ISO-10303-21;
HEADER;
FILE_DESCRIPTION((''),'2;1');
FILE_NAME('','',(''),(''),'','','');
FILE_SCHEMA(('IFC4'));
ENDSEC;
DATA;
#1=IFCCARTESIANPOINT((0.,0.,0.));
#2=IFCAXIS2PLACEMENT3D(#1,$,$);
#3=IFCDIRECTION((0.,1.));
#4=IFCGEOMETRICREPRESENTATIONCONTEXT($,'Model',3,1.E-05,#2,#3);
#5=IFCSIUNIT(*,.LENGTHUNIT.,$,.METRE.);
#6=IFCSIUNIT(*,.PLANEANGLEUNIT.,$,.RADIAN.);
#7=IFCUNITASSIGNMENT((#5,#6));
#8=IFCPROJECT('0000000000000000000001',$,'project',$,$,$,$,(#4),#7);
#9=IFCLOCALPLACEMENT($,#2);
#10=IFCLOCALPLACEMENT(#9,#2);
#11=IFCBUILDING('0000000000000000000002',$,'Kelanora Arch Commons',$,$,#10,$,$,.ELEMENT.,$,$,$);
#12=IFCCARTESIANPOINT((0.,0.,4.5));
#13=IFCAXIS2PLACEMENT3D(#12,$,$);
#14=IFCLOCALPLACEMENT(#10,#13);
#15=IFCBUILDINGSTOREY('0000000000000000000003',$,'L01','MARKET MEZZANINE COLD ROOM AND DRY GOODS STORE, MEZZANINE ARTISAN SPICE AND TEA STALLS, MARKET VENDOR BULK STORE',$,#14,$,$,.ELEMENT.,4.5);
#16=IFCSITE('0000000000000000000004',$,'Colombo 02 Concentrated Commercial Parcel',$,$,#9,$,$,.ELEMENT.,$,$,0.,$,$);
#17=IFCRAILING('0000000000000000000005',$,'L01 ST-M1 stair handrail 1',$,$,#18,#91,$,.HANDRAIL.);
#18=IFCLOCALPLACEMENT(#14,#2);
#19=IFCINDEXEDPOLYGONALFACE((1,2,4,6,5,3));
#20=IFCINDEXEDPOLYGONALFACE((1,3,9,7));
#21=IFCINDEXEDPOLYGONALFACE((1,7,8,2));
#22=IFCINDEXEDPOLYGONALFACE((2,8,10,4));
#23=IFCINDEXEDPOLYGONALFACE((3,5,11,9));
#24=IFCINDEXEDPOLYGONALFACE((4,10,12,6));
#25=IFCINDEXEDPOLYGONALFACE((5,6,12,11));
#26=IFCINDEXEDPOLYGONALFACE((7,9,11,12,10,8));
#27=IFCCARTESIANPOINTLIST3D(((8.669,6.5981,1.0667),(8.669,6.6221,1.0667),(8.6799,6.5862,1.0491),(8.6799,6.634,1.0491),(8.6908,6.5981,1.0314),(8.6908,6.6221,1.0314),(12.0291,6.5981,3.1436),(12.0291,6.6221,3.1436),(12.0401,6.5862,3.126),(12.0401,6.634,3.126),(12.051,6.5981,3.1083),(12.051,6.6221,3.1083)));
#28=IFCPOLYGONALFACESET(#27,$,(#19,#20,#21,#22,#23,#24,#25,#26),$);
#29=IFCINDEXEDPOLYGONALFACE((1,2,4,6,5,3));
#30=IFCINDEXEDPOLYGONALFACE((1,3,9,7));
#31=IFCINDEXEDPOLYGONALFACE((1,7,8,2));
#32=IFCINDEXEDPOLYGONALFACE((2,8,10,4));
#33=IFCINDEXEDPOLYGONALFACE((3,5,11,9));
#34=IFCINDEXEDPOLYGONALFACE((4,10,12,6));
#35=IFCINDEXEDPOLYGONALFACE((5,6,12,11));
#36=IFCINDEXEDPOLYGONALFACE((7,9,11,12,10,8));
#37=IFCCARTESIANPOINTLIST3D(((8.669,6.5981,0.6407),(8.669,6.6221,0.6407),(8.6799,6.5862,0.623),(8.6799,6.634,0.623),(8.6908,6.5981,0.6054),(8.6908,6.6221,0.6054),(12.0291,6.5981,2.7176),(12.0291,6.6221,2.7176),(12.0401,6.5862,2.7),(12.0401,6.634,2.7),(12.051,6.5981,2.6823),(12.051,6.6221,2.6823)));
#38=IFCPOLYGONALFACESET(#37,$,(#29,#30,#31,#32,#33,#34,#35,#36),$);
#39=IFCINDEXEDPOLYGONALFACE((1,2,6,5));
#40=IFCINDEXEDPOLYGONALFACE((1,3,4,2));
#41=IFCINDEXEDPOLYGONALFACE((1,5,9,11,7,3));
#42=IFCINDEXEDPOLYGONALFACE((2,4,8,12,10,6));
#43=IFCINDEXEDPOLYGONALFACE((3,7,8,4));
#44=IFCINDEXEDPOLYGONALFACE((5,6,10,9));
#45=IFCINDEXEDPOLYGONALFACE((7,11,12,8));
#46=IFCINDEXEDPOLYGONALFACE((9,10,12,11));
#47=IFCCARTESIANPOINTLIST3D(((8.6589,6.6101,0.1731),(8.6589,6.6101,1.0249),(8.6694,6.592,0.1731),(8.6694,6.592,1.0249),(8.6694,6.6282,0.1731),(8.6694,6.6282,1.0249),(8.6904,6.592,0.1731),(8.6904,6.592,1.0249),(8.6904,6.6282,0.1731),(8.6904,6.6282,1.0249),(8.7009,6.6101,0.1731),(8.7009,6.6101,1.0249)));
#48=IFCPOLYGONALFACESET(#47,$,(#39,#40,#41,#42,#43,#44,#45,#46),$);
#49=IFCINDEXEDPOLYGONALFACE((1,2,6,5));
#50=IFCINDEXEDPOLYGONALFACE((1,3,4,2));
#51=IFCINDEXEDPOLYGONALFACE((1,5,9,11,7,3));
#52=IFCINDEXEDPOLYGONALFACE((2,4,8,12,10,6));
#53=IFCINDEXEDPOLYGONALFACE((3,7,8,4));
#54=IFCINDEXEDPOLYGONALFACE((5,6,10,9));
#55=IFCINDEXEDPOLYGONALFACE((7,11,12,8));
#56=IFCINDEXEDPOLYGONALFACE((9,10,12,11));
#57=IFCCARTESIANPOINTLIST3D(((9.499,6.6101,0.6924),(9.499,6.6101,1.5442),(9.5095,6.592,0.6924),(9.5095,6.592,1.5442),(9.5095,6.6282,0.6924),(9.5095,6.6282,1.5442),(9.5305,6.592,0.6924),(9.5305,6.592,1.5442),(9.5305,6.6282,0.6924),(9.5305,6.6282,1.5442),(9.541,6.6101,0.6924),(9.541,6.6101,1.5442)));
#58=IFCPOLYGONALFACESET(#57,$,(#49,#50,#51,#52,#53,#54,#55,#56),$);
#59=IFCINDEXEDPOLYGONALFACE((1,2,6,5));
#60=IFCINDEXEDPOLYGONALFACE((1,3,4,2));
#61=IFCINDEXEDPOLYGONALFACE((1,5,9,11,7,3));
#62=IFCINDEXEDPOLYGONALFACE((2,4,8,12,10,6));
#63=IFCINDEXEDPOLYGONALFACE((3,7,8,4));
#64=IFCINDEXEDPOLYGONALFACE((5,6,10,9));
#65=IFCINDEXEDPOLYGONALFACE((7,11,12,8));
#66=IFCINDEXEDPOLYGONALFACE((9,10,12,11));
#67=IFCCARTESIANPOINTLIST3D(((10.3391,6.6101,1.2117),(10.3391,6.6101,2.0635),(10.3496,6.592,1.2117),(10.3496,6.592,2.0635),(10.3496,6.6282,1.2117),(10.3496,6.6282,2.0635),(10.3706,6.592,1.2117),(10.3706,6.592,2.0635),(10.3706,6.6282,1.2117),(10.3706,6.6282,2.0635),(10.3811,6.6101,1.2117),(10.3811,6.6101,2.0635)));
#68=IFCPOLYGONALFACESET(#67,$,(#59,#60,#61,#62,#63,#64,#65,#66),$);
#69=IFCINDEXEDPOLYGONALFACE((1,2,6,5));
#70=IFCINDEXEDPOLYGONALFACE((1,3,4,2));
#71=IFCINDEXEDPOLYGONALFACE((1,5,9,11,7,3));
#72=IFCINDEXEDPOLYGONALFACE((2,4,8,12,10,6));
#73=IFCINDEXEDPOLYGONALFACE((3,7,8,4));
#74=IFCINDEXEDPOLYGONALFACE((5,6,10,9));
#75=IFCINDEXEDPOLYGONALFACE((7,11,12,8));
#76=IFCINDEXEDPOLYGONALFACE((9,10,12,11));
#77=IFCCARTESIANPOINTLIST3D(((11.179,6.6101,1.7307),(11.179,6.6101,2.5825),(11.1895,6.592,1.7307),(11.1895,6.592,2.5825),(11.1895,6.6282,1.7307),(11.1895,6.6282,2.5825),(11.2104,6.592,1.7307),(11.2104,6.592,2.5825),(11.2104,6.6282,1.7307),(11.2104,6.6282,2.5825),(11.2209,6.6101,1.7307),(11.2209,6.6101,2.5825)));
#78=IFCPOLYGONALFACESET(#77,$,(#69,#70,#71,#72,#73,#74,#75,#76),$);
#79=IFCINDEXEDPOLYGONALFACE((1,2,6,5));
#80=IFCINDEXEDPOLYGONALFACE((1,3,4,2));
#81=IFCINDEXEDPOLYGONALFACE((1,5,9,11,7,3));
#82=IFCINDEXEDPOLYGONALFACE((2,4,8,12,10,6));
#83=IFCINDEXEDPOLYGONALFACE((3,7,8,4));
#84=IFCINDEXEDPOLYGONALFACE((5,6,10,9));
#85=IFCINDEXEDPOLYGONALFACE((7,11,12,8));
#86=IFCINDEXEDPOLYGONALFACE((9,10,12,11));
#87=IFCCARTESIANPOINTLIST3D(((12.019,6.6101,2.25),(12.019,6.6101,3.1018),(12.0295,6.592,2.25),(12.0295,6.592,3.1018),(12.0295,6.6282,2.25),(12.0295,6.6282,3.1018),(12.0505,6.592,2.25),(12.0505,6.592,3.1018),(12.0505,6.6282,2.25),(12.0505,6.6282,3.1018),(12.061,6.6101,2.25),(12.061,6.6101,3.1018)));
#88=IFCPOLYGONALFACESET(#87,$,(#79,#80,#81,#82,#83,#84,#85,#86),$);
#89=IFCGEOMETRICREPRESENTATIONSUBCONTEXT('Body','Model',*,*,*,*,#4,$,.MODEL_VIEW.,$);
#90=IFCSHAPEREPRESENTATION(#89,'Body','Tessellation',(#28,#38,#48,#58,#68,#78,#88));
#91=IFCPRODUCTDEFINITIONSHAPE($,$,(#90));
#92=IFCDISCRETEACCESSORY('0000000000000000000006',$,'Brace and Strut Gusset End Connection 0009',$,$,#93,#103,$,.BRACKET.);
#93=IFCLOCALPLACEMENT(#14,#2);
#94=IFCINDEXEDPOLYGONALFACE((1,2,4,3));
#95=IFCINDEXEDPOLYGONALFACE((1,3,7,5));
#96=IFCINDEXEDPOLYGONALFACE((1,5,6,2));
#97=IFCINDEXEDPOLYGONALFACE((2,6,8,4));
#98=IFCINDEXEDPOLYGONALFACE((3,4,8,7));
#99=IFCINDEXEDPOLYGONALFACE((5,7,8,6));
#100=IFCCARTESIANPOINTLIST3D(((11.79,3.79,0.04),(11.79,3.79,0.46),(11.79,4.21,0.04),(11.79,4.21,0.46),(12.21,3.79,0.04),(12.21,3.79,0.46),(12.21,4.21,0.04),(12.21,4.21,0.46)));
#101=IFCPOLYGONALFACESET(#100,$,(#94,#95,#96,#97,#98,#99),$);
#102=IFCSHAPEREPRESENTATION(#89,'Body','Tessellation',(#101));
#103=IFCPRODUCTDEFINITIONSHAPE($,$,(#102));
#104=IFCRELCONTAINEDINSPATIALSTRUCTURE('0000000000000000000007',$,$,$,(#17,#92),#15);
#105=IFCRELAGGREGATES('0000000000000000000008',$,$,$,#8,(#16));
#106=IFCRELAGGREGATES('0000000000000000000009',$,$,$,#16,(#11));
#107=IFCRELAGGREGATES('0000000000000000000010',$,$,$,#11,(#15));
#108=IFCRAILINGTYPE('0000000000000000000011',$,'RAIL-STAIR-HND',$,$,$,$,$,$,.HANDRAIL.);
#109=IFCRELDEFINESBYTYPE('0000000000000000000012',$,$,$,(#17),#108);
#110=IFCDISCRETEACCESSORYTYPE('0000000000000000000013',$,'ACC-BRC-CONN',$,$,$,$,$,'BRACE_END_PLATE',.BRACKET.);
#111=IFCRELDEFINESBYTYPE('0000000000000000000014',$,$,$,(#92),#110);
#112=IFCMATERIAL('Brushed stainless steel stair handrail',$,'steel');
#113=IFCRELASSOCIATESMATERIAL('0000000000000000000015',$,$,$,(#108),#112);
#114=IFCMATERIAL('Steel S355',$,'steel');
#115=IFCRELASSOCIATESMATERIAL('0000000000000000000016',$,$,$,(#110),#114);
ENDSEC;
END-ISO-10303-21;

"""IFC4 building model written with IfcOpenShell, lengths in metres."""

from ifc_helpers import new_model, si_unit, direction, frame, origin, origin_2d, place, context, subcontext, project, spatial, polyline, rectangle, outline, extrude, source, transform, mapped, material, type_object, element, save


model = new_model("IFC4")

# Units and contexts
model_context = context("Model", 3, precision=1e-05, world=origin(), true_north=direction((0.0, 1.0)))
body_context = subcontext(model_context, "Body", "Model", "MODEL_VIEW")
ifc_project = project(units=[si_unit("LENGTHUNIT", "METRE"), si_unit("PLANEANGLEUNIT", "RADIAN")], contexts=[model_context])

# Site, building, storey
site_placement = place(None, origin())
site = spatial("IfcSite", under=ifc_project, at=site_placement, Name="Colombo 02 Concentrated Commercial Parcel", CompositionType="ELEMENT", RefElevation=0.0)
building_placement = place(site_placement, origin())
building = spatial("IfcBuilding", under=site, at=building_placement, Name="Kelanora Arch Commons", CompositionType="ELEMENT")
storey_placement = place(building_placement, frame((0.0, 0.0, 4.5)))
storey = spatial("IfcBuildingStorey", under=building, at=storey_placement, Name="L01", Description="MARKET MEZZANINE COLD ROOM AND DRY GOODS STORE, MEZZANINE ARTISAN SPICE AND TEA STALLS, MARKET VENDOR BULK STORE", CompositionType="ELEMENT", Elevation=4.5)

# Shared definitions
ifc_material_1 = material(Name="Steel S355", Category="steel")

# Railing
ifc_material_2 = material(Name="Brushed stainless steel stair handrail", Category="steel")
railing_type_1 = type_object("IfcRailingType", Name="RAIL-STAIR-HND", PredefinedType="HANDRAIL", material=ifc_material_2)
railing_1_placement = place(storey_placement, frame((8.6799, 6.6101, 0.1731)))
element("IfcRailing", 1, at=railing_1_placement, inside=storey, type_object=railing_type_1, Name="L01 ST-M1 stair handrail 1", PredefinedType="HANDRAIL", context=body_context, shape_type="SweptSolid", body=[
    extrude(outline(polyline([(0.0239, 0.0), (0.012, 0.0208), (-0.012, 0.0208), (-0.0239, 0.0), (-0.012, -0.0208), (0.012, -0.0208), (0.0239, 0.0)])), frame((0.0, 0.0, 0.876), z_axis=(0.850623, 0.0, 0.525776), x_axis=(0.0, 1.0, 0.0)), (0.0, 0.0, 1.0), 3.9502),
    extrude(outline(polyline([(0.0239, 0.0), (0.012, 0.0208), (-0.012, 0.0208), (-0.0239, 0.0), (-0.012, -0.0208), (0.012, -0.0208), (0.0239, 0.0)])), frame((0.0, 0.0, 0.45), z_axis=(0.850623, 0.0, 0.525776), x_axis=(0.0, 1.0, 0.0)), (0.0, 0.0, 1.0), 3.9502),
    extrude(outline(polyline([(0.021, 0.0), (0.0105, 0.0181), (-0.0105, 0.0181), (-0.021, 0.0), (-0.0105, -0.0181), (0.0105, -0.0181), (0.021, 0.0)])), origin(), (0.0, 0.0, 1.0), 0.8518),
    extrude(outline(polyline([(0.021, 0.0), (0.0105, 0.0181), (-0.0105, 0.0181), (-0.021, 0.0), (-0.0105, -0.0181), (0.0105, -0.0181), (0.021, 0.0)])), frame((0.8401, 0.0, 0.5193)), (0.0, 0.0, 1.0), 0.8518),
    extrude(outline(polyline([(0.021, 0.0), (0.0105, 0.0181), (-0.0105, 0.0181), (-0.021, 0.0), (-0.0105, -0.0181), (0.0105, -0.0181), (0.021, 0.0)])), frame((1.6802, 0.0, 1.0386)), (0.0, 0.0, 1.0), 0.8518),
    extrude(outline(polyline([(0.021, 0.0), (0.0105, 0.0181), (-0.0105, 0.0181), (-0.021, 0.0), (-0.0105, -0.0181), (0.0105, -0.0181), (0.021, 0.0)])), frame((2.52, 0.0, 1.5576)), (0.0, 0.0, 1.0), 0.8518),
    extrude(outline(polyline([(0.021, 0.0), (0.0105, 0.0181), (-0.0105, 0.0181), (-0.021, 0.0), (-0.0105, -0.0181), (0.0105, -0.0181), (0.021, 0.0)])), frame((3.3601, 0.0, 2.0769)), (0.0, 0.0, 1.0), 0.8518),
])

# Discrete accessory
discrete_accessory_type = type_object("IfcDiscreteAccessoryType", Name="ACC-BRC-CONN", ElementType="BRACE_END_PLATE", PredefinedType="BRACKET", material=ifc_material_1)
shared_shape = source(origin(), body_context, "Body", "SweptSolid", [
    extrude(rectangle(XDim=0.4199, YDim=0.4199, at=origin_2d()), origin(), (0.0, 0.0, 1.0), 0.4199),
])
discrete_accessory_placement = place(storey_placement, frame((12.0, 4.0, 0.04), z_axis=(0.0, 0.0, 1.0), x_axis=(1.0, 0.0, 0.0)))
element("IfcDiscreteAccessory", 2, at=discrete_accessory_placement, inside=storey, type_object=discrete_accessory_type, Name="Brace and Strut Gusset End Connection 0009", PredefinedType="BRACKET", context=body_context, shape_type="MappedRepresentation", body=[
    mapped(shared_shape, transform((0.0, 0.0, 0.0), scale=1.0)),
])

save(model, "model.ifc")
